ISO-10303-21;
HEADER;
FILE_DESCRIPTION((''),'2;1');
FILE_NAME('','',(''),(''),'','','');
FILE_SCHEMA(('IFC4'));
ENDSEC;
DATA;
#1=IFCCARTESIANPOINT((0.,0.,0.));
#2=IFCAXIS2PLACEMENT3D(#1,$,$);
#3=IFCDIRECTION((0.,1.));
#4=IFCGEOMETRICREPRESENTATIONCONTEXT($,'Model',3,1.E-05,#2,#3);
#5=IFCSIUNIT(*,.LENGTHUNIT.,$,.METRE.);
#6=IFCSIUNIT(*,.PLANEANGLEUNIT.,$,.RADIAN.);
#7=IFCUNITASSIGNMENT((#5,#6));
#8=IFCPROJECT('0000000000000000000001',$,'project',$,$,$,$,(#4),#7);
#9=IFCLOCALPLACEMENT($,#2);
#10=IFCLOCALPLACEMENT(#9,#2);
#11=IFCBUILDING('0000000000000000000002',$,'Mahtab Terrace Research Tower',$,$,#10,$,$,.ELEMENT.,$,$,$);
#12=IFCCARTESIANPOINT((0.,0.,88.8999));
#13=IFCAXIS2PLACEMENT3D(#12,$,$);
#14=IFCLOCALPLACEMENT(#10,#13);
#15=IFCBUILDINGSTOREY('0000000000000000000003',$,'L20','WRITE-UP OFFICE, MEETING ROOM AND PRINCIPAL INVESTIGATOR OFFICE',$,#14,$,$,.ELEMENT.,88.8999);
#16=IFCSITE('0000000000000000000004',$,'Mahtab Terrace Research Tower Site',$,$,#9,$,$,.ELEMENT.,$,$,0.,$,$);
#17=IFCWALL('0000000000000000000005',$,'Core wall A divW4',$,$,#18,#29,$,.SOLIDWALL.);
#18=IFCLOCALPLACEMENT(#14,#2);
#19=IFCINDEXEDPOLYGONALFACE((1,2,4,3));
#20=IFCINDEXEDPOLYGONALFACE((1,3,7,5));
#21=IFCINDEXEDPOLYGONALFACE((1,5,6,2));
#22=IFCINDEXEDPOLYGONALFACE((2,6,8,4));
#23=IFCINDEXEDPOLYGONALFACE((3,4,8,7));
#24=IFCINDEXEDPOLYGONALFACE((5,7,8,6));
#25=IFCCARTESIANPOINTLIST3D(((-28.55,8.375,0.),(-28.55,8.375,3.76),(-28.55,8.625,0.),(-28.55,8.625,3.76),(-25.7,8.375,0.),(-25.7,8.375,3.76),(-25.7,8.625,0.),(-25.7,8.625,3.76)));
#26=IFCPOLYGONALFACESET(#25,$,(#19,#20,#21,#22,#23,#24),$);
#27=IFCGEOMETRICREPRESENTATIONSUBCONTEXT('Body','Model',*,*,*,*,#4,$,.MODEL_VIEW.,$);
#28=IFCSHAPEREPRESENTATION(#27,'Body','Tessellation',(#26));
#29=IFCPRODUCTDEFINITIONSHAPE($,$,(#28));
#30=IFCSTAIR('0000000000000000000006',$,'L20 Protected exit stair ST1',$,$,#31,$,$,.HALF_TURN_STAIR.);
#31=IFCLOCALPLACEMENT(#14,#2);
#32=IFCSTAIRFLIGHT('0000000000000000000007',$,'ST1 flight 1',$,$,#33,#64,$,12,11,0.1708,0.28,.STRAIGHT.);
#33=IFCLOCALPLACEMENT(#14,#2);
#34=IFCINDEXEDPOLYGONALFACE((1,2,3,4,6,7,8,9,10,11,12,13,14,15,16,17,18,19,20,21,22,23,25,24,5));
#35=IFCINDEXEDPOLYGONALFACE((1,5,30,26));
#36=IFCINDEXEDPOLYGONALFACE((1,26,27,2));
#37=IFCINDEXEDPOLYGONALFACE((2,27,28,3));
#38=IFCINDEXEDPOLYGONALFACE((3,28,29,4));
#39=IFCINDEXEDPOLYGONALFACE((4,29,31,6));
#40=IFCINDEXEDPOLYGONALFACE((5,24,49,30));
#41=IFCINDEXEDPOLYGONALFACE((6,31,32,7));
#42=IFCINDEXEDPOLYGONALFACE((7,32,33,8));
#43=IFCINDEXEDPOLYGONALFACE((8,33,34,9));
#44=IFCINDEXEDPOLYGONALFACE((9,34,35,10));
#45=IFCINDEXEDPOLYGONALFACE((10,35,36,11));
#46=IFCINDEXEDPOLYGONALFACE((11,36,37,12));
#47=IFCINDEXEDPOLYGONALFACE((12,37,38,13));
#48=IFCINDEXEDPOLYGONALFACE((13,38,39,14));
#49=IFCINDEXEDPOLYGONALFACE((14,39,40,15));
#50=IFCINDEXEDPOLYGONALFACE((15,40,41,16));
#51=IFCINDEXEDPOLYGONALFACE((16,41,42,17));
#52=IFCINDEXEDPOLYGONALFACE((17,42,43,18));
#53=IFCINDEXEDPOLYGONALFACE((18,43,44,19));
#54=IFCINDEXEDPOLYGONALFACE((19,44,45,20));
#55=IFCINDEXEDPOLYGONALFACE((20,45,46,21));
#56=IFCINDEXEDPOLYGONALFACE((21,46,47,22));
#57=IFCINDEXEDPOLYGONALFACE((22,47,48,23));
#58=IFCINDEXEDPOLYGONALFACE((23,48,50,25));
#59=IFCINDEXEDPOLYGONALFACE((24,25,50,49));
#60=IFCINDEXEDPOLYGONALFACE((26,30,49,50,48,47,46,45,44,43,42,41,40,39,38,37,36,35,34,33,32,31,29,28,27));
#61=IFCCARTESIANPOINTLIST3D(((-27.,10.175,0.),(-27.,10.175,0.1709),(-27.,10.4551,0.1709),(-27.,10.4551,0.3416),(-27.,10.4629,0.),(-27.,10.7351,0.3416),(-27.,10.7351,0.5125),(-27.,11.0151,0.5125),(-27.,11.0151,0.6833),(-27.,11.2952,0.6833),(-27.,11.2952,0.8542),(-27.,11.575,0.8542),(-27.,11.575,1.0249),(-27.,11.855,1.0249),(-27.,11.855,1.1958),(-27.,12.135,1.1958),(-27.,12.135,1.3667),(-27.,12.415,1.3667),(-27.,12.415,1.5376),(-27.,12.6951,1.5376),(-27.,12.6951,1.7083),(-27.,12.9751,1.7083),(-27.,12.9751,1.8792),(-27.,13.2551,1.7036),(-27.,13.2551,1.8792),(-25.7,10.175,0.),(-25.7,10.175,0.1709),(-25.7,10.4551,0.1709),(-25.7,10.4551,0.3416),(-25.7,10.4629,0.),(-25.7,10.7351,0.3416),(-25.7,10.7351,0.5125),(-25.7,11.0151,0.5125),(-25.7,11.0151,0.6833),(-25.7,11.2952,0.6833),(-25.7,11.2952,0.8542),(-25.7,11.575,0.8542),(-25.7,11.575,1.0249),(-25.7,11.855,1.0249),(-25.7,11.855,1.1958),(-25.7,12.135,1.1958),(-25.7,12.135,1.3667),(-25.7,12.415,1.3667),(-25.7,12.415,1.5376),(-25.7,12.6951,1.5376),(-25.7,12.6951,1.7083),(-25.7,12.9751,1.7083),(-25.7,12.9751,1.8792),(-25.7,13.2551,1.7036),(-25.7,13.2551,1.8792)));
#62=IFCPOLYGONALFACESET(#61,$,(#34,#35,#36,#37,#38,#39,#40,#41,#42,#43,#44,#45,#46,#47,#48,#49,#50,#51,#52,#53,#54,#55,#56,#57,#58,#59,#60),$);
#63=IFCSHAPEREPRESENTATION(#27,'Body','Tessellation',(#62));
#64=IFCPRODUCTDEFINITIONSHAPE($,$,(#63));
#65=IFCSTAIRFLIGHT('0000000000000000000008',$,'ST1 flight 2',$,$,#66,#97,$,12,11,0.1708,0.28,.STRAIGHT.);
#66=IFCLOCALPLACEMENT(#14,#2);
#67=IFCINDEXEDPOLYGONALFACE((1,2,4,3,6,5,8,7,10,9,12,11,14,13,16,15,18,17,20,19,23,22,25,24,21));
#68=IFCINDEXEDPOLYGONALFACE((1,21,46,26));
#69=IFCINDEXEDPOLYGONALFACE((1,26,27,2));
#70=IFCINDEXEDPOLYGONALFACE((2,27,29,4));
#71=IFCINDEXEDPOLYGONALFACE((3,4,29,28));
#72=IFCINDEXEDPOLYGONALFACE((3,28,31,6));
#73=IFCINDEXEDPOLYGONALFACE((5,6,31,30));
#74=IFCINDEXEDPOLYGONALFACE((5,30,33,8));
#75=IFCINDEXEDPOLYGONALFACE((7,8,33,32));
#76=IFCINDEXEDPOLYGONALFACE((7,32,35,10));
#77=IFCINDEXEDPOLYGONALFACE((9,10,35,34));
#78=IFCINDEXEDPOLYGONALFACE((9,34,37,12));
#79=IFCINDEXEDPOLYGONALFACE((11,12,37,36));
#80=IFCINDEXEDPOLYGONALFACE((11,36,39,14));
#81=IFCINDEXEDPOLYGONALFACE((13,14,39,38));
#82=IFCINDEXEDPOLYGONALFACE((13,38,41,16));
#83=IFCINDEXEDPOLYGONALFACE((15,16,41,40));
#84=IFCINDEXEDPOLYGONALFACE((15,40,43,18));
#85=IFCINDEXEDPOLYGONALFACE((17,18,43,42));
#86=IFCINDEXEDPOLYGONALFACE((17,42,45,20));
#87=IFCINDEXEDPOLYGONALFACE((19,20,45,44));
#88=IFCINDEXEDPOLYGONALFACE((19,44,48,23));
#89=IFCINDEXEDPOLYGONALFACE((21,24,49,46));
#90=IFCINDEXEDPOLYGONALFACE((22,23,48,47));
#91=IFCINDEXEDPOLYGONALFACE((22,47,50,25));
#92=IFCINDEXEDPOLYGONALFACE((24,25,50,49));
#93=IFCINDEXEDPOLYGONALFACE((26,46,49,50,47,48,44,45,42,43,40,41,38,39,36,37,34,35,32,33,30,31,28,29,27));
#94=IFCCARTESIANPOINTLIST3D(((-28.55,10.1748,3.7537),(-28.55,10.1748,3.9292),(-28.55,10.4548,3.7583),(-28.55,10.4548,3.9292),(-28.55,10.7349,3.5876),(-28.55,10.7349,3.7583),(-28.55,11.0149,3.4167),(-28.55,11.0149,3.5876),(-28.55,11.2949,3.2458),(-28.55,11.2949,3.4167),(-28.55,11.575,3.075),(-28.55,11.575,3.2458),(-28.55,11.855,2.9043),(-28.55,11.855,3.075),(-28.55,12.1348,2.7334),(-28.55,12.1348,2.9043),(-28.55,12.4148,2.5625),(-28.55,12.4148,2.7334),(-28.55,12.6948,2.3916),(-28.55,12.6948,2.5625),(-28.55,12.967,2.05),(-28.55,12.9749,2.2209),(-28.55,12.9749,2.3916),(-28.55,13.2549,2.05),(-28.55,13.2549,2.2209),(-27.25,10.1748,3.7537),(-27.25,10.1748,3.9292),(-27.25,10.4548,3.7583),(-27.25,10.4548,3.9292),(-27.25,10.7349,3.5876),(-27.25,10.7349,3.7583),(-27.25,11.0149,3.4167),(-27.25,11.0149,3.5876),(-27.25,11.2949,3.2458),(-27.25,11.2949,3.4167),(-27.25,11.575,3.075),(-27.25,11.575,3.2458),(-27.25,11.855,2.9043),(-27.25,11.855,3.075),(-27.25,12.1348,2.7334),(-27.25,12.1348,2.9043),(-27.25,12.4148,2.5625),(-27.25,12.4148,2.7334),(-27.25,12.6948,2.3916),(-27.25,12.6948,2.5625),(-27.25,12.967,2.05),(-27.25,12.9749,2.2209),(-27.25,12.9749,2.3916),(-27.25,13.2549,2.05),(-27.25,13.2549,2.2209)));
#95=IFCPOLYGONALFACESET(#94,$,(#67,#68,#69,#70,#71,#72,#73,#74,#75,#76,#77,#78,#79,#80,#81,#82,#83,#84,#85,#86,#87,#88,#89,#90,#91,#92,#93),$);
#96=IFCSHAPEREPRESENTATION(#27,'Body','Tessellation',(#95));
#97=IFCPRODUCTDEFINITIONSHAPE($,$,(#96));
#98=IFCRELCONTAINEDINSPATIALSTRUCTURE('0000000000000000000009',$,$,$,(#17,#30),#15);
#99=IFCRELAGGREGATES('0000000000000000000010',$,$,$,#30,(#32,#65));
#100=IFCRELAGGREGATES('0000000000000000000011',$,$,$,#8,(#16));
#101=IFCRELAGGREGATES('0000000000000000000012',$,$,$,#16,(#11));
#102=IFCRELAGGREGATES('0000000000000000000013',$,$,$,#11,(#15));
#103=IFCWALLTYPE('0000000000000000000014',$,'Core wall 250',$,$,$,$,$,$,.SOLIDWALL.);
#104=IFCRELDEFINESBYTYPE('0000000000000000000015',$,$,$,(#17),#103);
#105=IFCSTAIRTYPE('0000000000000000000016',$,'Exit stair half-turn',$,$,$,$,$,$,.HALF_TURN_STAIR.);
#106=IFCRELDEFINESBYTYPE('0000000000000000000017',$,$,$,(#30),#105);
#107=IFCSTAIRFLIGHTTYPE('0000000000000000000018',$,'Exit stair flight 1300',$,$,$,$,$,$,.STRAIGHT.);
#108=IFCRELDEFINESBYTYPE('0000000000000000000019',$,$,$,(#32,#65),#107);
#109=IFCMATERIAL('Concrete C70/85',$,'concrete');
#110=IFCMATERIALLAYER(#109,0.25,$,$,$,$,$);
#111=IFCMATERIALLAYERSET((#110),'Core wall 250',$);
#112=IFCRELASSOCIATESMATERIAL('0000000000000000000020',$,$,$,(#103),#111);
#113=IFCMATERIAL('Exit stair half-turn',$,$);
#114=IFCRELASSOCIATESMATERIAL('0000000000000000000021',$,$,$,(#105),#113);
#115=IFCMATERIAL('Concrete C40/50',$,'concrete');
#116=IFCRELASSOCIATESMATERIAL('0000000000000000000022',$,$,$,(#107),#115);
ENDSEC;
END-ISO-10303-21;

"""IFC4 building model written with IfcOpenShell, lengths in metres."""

from ifc_helpers import new_model, si_unit, direction, frame, frame_2d, origin, place, context, subcontext, project, spatial, polyline, rectangle, outline, extrude, material, layer, layer_set, type_object, element, aggregate, save


model = new_model("IFC4")

# Units and contexts
model_context = context("Model", 3, precision=1e-05, world=origin(), true_north=direction((0.0, 1.0)))
body_context = subcontext(model_context, "Body", "Model", "MODEL_VIEW")
ifc_project = project(units=[si_unit("LENGTHUNIT", "METRE"), si_unit("PLANEANGLEUNIT", "RADIAN")], contexts=[model_context])

# Site, building, storey
site_placement = place(None, origin())
site = spatial("IfcSite", under=ifc_project, at=site_placement, Name="Mahtab Terrace Research Tower Site", CompositionType="ELEMENT", RefElevation=0.0)
building_placement = place(site_placement, origin())
building = spatial("IfcBuilding", under=site, at=building_placement, Name="Mahtab Terrace Research Tower", CompositionType="ELEMENT")
storey_placement = place(building_placement, frame((0.0, 0.0, 88.8999)))
storey = spatial("IfcBuildingStorey", under=building, at=storey_placement, Name="L20", Description="WRITE-UP OFFICE, MEETING ROOM AND PRINCIPAL INVESTIGATOR OFFICE", CompositionType="ELEMENT", Elevation=88.8999)

# Shared definitions
ifc_material_1 = material(Name="Concrete C70/85", Category="concrete")

# Wall
ifc_layer_1 = layer(ifc_material_1, 0.25)
ifc_layer_set_1 = layer_set([ifc_layer_1], Name="Core wall 250")
wall_type = type_object("IfcWallType", Name="Core wall 250", PredefinedType="SOLIDWALL", material=ifc_layer_set_1)
for number, where, z_axis, x_axis, name in (
    (1, (-28.55, 8.5, 0.0), (0.0, 0.0, 1.0), (1.0, 0.0, 0.0), "Core wall A divW4"),
):
    element("IfcWall", number, at=place(storey_placement, frame(where, z_axis=z_axis, x_axis=x_axis)), inside=storey, type_object=wall_type, Name=name, PredefinedType="SOLIDWALL", context=body_context, shape_type="SweptSolid", body=[
        extrude(rectangle(XDim=2.8501, YDim=0.25, at=frame_2d((1.425, 0.0))), origin(), (0.0, 0.0, 1.0), 3.76),
    ])

# Stair, stair flights
ifc_material_2 = material(Name="Exit stair half-turn")
stair_type = type_object("IfcStairType", Name="Exit stair half-turn", PredefinedType="HALF_TURN_STAIR", material=ifc_material_2)
stair_placement = place(storey_placement, origin())
stair = element("IfcStair", 2, at=stair_placement, inside=storey, type_object=stair_type, Name="L20 Protected exit stair ST1", PredefinedType="HALF_TURN_STAIR")
ifc_material_3 = material(Name="Concrete C40/50", Category="concrete")
stair_flight_type = type_object("IfcStairFlightType", Name="Exit stair flight 1300", PredefinedType="STRAIGHT", material=ifc_material_3)
stair_flight_1_placement = place(storey_placement, frame((-26.3501, 10.175, 0.0), z_axis=(0.0, 0.0, 1.0), x_axis=(0.0, 1.0, 0.0)))
stair_flight_1 = element("IfcStairFlight", 3, at=stair_flight_1_placement, type_object=stair_flight_type, Name="ST1 flight 1", NumberOfRisers=12, NumberOfTreads=11, PredefinedType="STRAIGHT", RiserHeight=0.1708, TreadLength=0.28, context=body_context, shape_type="SweptSolid", body=[
    extrude(outline(polyline([(0.0, 0.0), (0.0, 0.1709), (0.28, 0.1709), (0.28, 0.3416), (0.5601, 0.3416), (0.5601, 0.5125), (0.8401, 0.5125), (0.8401, 0.6833), (1.1201, 0.6833), (1.1201, 0.8542), (1.3999, 0.8542), (1.3999, 1.0249), (1.6799, 1.0249), (1.6799, 1.1958), (1.96, 1.1958), (1.96, 1.3667), (2.24, 1.3667), (2.24, 1.5376), (2.52, 1.5376), (2.52, 1.7083), (2.8, 1.7083), (2.8, 1.8792), (3.0801, 1.8792), (3.0801, 2.05), (3.0801, 1.7036), (0.2878, 0.0), (0.0, 0.0)])), frame((0.0, 0.6499, 0.0), z_axis=(0.0, -1.0, 0.0), x_axis=(1.0, 0.0, 0.0)), (0.0, 0.0, 1.0), 1.3),
])
stair_flight_2_placement = place(storey_placement, frame((-27.8999, 13.2549, 2.05), z_axis=(0.0, 0.0, 1.0), x_axis=(0.0, -1.0, 0.0)))
stair_flight_2 = element("IfcStairFlight", 4, at=stair_flight_2_placement, type_object=stair_flight_type, Name="ST1 flight 2", NumberOfRisers=12, NumberOfTreads=11, PredefinedType="STRAIGHT", RiserHeight=0.1708, TreadLength=0.28, context=body_context, shape_type="SweptSolid", body=[
    extrude(outline(polyline([(0.0, 0.0), (0.0, 0.1709), (0.28, 0.1709), (0.28, 0.3416), (0.5601, 0.3416), (0.5601, 0.5125), (0.8401, 0.5125), (0.8401, 0.6833), (1.1201, 0.6833), (1.1201, 0.8542), (1.3999, 0.8542), (1.3999, 1.0249), (1.6799, 1.0249), (1.6799, 1.1958), (1.96, 1.1958), (1.96, 1.3667), (2.24, 1.3667), (2.24, 1.5376), (2.52, 1.5376), (2.52, 1.7083), (2.8, 1.7083), (2.8, 1.8792), (3.0801, 1.8792), (3.0801, 2.05), (3.0801, 1.7036), (0.2878, 0.0), (0.0, 0.0)])), frame((0.0, 0.6499, 0.0), z_axis=(0.0, -1.0, 0.0), x_axis=(1.0, 0.0, 0.0)), (0.0, 0.0, 1.0), 1.3),
])
aggregate(stair, [stair_flight_1, stair_flight_2])

save(model, "model.ifc")
